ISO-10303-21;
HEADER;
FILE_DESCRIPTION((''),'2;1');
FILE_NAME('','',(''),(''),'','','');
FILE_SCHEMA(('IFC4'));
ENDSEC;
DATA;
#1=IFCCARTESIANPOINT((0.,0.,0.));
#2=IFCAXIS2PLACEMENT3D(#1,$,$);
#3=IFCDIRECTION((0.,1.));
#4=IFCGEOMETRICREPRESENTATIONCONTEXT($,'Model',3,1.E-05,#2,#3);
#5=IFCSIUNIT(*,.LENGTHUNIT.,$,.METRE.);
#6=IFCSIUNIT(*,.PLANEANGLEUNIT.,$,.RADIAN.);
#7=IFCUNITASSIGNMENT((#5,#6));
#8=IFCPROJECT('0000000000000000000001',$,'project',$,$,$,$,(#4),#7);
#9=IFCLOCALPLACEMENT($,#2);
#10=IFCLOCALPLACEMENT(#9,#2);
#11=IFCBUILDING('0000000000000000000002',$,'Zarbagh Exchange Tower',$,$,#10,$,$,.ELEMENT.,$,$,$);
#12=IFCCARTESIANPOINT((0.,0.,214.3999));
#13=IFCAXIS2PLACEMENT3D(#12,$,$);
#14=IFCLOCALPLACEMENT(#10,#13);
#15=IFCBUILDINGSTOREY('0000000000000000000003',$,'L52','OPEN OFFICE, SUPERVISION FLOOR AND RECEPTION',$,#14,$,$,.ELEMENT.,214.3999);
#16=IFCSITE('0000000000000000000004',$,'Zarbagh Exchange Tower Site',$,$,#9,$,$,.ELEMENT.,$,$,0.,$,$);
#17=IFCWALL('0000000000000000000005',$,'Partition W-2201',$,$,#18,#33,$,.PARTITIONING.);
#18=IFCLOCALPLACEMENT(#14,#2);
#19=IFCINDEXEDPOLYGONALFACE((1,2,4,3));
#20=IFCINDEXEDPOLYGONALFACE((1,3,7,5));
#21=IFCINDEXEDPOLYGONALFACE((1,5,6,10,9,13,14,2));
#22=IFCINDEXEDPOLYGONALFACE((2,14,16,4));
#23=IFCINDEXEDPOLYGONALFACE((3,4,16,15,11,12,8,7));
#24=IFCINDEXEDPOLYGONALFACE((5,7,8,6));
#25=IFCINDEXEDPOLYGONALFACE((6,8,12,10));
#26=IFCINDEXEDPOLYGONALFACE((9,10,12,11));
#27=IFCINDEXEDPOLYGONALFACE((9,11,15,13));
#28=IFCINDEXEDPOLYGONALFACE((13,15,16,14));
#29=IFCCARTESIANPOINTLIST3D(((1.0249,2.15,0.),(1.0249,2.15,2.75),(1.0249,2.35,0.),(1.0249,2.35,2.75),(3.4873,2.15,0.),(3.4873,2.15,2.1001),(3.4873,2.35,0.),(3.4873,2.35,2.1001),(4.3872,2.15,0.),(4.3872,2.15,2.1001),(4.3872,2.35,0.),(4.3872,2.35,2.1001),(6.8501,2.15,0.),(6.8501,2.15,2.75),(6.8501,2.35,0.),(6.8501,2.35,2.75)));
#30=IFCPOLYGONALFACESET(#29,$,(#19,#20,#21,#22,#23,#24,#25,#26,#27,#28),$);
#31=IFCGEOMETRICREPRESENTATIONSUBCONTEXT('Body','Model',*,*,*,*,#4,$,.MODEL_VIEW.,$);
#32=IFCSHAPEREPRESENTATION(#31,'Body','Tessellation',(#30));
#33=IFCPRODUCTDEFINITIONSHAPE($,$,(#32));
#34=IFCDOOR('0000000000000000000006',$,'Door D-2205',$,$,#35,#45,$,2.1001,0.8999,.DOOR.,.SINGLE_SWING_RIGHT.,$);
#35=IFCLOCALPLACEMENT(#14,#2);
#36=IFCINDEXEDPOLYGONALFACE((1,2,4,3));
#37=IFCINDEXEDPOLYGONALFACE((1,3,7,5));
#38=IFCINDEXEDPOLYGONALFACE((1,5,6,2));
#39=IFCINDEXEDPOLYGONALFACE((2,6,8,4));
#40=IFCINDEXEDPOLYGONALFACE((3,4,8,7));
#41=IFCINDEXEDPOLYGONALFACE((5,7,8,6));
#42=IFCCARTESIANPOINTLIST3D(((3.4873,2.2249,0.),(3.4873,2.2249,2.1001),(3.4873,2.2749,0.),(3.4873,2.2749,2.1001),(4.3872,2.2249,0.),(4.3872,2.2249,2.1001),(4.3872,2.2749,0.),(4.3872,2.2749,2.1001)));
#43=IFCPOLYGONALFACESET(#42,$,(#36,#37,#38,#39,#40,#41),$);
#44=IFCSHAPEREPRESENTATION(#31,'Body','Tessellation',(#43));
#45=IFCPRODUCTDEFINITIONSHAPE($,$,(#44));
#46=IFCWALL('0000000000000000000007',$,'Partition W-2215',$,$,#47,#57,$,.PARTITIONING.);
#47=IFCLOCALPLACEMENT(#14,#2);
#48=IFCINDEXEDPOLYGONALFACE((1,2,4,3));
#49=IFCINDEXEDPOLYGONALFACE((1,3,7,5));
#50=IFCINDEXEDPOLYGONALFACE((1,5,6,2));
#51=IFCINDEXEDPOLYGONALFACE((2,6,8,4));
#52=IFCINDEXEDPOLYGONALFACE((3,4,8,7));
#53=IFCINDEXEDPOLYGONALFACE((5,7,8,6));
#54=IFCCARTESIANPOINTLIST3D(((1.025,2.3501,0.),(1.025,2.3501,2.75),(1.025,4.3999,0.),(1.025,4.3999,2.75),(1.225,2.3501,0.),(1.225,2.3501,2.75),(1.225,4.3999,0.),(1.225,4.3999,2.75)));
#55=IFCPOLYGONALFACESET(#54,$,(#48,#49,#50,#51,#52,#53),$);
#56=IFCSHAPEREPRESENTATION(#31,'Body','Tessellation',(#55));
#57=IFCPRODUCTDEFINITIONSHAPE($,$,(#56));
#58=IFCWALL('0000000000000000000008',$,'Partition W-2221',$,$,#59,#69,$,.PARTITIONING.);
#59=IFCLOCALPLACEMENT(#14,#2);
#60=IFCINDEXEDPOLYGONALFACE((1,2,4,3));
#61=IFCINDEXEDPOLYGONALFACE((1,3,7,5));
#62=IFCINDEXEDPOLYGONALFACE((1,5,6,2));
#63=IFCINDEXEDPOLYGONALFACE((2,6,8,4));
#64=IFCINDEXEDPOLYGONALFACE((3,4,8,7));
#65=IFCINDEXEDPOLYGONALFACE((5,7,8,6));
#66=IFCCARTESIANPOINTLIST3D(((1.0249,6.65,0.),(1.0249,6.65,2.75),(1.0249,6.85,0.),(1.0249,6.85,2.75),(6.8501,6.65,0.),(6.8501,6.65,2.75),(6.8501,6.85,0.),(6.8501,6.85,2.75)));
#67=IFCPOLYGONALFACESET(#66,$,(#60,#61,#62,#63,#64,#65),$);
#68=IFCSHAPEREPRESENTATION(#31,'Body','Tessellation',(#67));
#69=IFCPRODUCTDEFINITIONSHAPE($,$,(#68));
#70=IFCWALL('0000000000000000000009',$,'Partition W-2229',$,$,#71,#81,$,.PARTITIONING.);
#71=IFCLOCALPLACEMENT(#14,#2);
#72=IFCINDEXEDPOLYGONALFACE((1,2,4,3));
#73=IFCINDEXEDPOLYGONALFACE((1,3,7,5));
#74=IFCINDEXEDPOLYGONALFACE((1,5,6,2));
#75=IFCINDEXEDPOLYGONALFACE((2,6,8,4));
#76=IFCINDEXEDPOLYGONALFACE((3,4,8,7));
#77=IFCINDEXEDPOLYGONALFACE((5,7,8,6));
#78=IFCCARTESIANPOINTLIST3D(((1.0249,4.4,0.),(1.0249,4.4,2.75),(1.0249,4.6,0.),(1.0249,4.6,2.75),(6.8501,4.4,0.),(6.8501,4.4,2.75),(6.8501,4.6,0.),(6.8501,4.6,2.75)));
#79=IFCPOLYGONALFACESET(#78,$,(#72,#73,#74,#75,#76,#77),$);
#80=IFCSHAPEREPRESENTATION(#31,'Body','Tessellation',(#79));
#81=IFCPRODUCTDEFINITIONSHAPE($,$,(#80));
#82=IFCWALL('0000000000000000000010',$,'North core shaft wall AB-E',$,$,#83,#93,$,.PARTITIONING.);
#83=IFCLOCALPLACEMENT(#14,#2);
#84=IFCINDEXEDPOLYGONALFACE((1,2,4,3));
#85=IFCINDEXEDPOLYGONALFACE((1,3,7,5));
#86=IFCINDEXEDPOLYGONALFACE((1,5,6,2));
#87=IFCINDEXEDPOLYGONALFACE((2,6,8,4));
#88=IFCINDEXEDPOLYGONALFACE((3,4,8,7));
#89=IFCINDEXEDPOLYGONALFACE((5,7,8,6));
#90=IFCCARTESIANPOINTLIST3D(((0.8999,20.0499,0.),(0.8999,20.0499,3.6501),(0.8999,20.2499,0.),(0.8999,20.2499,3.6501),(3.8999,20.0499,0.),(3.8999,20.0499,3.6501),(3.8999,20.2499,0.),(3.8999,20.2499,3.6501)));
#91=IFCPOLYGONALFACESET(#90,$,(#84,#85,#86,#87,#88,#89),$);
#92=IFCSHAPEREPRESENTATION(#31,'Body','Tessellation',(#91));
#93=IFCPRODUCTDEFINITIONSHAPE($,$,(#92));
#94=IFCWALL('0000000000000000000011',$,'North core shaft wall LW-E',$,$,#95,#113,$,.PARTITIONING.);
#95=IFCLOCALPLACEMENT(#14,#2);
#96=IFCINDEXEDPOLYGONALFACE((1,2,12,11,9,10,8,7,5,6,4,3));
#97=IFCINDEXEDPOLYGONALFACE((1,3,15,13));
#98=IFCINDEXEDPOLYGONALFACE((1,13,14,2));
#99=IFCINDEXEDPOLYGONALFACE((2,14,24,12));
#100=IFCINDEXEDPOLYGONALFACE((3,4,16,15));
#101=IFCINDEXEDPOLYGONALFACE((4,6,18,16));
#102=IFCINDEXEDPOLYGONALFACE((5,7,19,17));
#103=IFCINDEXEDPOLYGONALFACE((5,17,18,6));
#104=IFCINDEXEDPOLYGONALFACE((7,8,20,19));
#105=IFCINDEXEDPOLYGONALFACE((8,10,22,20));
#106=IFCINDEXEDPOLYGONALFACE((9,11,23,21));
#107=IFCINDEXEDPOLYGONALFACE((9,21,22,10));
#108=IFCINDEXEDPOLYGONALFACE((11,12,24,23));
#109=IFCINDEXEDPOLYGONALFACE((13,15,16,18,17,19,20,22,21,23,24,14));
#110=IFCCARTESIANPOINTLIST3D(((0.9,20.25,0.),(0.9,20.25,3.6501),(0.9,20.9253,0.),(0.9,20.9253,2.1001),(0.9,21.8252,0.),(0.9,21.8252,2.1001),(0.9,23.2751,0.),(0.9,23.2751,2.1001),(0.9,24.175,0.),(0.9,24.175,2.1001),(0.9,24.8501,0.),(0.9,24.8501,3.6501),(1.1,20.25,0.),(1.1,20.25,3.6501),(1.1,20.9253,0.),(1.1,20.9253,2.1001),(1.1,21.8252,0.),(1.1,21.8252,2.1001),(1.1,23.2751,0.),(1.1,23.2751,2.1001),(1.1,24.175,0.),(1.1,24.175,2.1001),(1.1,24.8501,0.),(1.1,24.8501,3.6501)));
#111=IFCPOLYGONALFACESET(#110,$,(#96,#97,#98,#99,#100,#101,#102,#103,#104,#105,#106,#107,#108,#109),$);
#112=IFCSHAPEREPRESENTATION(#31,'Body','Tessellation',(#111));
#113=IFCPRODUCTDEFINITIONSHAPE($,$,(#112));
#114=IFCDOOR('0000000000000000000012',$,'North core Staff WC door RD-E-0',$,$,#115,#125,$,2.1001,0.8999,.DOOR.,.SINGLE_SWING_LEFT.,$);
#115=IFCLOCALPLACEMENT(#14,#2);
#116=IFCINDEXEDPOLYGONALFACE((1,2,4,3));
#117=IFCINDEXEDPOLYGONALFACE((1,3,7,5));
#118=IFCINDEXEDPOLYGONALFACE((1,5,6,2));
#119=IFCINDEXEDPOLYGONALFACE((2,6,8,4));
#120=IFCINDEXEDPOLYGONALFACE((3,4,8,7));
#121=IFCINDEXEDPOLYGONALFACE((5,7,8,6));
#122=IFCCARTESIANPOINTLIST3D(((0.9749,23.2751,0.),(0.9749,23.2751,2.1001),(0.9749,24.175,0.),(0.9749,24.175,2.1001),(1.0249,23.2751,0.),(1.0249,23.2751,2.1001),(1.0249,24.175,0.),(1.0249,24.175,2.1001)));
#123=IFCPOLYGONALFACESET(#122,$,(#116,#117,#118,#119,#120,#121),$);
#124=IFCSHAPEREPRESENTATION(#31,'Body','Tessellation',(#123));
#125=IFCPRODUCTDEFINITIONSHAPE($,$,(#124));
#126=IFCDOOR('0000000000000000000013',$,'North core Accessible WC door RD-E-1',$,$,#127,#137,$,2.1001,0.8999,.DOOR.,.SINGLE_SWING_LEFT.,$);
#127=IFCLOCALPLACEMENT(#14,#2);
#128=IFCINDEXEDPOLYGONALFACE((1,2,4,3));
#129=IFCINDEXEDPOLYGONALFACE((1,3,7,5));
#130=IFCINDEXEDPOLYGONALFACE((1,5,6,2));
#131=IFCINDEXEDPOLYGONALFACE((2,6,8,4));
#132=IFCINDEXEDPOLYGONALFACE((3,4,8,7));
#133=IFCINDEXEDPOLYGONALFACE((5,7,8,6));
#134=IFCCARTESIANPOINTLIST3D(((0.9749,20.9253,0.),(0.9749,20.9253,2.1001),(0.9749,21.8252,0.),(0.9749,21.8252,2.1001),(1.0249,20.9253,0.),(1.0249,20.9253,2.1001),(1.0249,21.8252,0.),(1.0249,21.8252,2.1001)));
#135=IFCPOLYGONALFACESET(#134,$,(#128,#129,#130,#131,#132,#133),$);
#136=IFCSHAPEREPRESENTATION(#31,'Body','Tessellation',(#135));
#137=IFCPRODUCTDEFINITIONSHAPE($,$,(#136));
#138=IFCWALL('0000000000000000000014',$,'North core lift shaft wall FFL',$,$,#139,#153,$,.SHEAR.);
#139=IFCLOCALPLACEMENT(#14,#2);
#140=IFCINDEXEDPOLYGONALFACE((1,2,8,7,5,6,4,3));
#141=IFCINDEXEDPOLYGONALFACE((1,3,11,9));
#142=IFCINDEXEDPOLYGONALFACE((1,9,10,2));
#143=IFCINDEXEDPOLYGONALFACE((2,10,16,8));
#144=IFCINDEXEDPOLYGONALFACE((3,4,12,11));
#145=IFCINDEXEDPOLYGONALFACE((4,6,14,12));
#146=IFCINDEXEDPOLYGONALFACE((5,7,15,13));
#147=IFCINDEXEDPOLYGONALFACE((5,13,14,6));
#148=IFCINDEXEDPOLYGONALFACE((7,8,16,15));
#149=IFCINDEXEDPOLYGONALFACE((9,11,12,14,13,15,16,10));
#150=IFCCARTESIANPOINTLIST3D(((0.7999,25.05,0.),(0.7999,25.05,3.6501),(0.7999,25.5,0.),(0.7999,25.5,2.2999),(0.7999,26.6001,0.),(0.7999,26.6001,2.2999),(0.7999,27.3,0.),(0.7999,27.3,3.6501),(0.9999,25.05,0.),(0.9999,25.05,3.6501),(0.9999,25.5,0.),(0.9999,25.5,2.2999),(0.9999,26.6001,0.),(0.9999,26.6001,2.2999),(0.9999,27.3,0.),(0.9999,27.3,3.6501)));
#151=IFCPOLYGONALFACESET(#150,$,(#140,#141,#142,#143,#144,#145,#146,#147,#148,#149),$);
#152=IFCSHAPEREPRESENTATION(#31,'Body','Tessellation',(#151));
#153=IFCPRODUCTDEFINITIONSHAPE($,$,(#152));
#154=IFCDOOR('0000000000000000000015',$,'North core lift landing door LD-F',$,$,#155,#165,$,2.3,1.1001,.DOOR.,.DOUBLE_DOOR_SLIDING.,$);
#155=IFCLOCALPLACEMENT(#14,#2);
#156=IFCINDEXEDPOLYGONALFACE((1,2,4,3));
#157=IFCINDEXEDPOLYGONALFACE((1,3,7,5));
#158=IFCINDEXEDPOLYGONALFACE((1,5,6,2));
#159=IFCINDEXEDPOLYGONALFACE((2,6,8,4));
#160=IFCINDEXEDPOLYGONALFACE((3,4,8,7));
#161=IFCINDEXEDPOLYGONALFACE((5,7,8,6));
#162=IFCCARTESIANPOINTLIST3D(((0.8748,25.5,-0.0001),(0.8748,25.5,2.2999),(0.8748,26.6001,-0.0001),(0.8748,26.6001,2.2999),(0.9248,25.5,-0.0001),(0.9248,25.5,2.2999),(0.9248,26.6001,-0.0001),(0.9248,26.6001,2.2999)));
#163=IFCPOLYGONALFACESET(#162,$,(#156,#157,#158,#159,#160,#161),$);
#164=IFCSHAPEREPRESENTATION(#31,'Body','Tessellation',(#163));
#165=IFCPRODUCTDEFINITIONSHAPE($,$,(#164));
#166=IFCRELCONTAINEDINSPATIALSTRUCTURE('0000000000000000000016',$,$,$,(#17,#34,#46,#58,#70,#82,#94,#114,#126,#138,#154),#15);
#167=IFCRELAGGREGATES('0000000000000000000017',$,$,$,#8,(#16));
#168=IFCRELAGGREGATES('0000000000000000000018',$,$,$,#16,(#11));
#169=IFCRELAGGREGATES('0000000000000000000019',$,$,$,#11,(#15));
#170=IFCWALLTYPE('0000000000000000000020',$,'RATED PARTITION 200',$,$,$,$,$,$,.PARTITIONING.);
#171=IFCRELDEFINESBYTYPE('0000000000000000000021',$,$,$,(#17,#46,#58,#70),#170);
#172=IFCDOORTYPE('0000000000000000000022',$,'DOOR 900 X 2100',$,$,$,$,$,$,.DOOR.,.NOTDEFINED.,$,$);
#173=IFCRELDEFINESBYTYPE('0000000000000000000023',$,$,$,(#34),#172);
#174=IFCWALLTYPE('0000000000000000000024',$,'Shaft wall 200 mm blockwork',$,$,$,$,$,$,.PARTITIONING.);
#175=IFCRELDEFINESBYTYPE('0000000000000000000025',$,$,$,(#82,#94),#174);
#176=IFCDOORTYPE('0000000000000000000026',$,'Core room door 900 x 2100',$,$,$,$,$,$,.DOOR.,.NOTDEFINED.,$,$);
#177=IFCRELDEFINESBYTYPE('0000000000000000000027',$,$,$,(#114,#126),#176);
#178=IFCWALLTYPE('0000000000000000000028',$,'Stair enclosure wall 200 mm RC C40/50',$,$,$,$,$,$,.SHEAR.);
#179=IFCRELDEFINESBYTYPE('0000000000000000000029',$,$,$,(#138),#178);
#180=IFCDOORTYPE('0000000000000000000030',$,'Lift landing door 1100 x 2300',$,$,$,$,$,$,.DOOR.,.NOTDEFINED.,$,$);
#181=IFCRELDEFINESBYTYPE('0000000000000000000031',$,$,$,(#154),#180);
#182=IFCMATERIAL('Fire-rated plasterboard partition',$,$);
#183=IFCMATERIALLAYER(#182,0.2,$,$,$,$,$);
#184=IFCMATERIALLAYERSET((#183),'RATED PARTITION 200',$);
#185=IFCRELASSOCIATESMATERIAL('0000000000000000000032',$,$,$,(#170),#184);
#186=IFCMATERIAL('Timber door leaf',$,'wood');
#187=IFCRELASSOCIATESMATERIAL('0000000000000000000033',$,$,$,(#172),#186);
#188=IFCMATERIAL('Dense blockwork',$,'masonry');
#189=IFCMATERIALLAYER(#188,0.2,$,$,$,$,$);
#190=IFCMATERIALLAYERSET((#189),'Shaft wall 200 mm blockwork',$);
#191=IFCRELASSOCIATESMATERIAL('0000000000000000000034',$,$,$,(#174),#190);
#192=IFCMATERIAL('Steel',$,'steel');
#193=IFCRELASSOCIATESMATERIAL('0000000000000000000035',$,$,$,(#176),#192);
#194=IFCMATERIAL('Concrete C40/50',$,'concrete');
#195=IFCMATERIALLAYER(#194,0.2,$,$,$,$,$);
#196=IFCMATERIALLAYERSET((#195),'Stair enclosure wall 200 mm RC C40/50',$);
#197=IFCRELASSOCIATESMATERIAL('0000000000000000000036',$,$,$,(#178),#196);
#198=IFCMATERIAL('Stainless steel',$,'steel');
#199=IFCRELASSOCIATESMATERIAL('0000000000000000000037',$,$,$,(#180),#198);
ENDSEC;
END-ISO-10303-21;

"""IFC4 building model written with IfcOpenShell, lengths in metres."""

from ifc_helpers import new_model, si_unit, direction, frame, frame_2d, origin, place, context, subcontext, project, spatial, rectangle, extrude, material, layer, layer_set, type_object, element, fill, save


model = new_model("IFC4")

# Units and contexts
model_context = context("Model", 3, precision=1e-05, world=origin(), true_north=direction((0.0, 1.0)))
body_context = subcontext(model_context, "Body", "Model", "MODEL_VIEW")
ifc_project = project(units=[si_unit("LENGTHUNIT", "METRE"), si_unit("PLANEANGLEUNIT", "RADIAN")], contexts=[model_context])

# Site, building, storey
site_placement = place(None, origin())
site = spatial("IfcSite", under=ifc_project, at=site_placement, Name="Zarbagh Exchange Tower Site", CompositionType="ELEMENT", RefElevation=0.0)
building_placement = place(site_placement, origin())
building = spatial("IfcBuilding", under=site, at=building_placement, Name="Zarbagh Exchange Tower", CompositionType="ELEMENT")
storey_placement = place(building_placement, frame((0.0, 0.0, 214.3999)))
storey = spatial("IfcBuildingStorey", under=building, at=storey_placement, Name="L52", Description="OPEN OFFICE, SUPERVISION FLOOR AND RECEPTION", CompositionType="ELEMENT", Elevation=214.3999)

# Shared definitions
ifc_material_1 = material(Name="Concrete C40/50", Category="concrete")

# Shared definitions
ifc_material_2 = material(Name="Dense blockwork", Category="masonry")

# Wall, opening, door
ifc_material_3 = material(Name="Fire-rated plasterboard partition")
ifc_layer_1 = layer(ifc_material_3, 0.2)
ifc_layer_set_1 = layer_set([ifc_layer_1], Name="RATED PARTITION 200")
wall_type_1 = type_object("IfcWallType", Name="RATED PARTITION 200", PredefinedType="PARTITIONING", material=ifc_layer_set_1)
wall_1_placement = place(storey_placement, frame((1.0249, 2.25, 0.0), z_axis=(0.0, 0.0, 1.0), x_axis=(1.0, 0.0, 0.0)))
wall_1 = element("IfcWall", 1, at=wall_1_placement, inside=storey, type_object=wall_type_1, Name="Partition W-2201", PredefinedType="PARTITIONING", context=body_context, shape_type="SweptSolid", body=[
    extrude(rectangle(XDim=5.8252, YDim=0.2, at=frame_2d((2.9126, 0.0))), origin(), (0.0, 0.0, 1.0), 2.75),
])
opening_1_placement = place(wall_1_placement, frame((2.4624, 0.0, 0.0)))
opening_1 = element("IfcOpeningElement", 2, at=opening_1_placement, cuts=wall_1, PredefinedType="OPENING", context=body_context, shape_type="SweptSolid", body=[
    extrude(rectangle(XDim=0.8999, YDim=2.1001, at=frame_2d((0.45, 1.05))), frame((0.0, 0.1099, 0.0), z_axis=(0.0, -1.0, 0.0), x_axis=(1.0, 0.0, 0.0)), (0.0, 0.0, 1.0), 0.22),
])
ifc_material_4 = material(Name="Timber door leaf", Category="wood")
door_type_1 = type_object("IfcDoorType", Name="DOOR 900 X 2100", OperationType="NOTDEFINED", PredefinedType="DOOR", material=ifc_material_4)
door_1_placement = place(opening_1_placement, origin())
door_1 = element("IfcDoor", 3, at=door_1_placement, inside=storey, type_object=door_type_1, Name="Door D-2205", OperationType="SINGLE_SWING_RIGHT", OverallHeight=2.1001, OverallWidth=0.8999, PredefinedType="DOOR", context=body_context, shape_type="SweptSolid", body=[
    extrude(rectangle(XDim=0.8999, YDim=2.1001, at=frame_2d((0.45, 1.05))), frame((0.0, 0.0249, 0.0), z_axis=(0.0, -1.0, 0.0), x_axis=(1.0, 0.0, 0.0)), (0.0, 0.0, 1.0), 0.05),
])
fill(opening_1, door_1)

# Walls
wall_2_placement = place(storey_placement, frame((1.125, 2.3501, 0.0), z_axis=(0.0, 0.0, 1.0), x_axis=(0.0, 1.0, 0.0)))
element("IfcWall", 4, at=wall_2_placement, inside=storey, type_object=wall_type_1, Name="Partition W-2215", PredefinedType="PARTITIONING", context=body_context, shape_type="SweptSolid", body=[
    extrude(rectangle(XDim=2.0498, YDim=0.2, at=frame_2d((1.0249, 0.0))), origin(), (0.0, 0.0, 1.0), 2.75),
])
for number, where, z_axis, x_axis, name in (
    (5, (1.0249, 6.75, 0.0), (0.0, 0.0, 1.0), (1.0, 0.0, 0.0), "Partition W-2221"),
    (6, (1.0249, 4.5, 0.0), (0.0, 0.0, 1.0), (1.0, 0.0, 0.0), "Partition W-2229"),
):
    element("IfcWall", number, at=place(storey_placement, frame(where, z_axis=z_axis, x_axis=x_axis)), inside=storey, type_object=wall_type_1, Name=name, PredefinedType="PARTITIONING", context=body_context, shape_type="SweptSolid", body=[
        extrude(rectangle(XDim=5.8252, YDim=0.2, at=frame_2d((2.9126, 0.0))), origin(), (0.0, 0.0, 1.0), 2.75),
    ])
ifc_layer_2 = layer(ifc_material_2, 0.2)
ifc_layer_set_2 = layer_set([ifc_layer_2], Name="Shaft wall 200 mm blockwork")
wall_type_2 = type_object("IfcWallType", Name="Shaft wall 200 mm blockwork", PredefinedType="PARTITIONING", material=ifc_layer_set_2)
wall_3_placement = place(storey_placement, frame((0.8999, 20.1499, 0.0), z_axis=(0.0, 0.0, 1.0), x_axis=(1.0, 0.0, 0.0)))
element("IfcWall", 7, at=wall_3_placement, inside=storey, type_object=wall_type_2, Name="North core shaft wall AB-E", PredefinedType="PARTITIONING", context=body_context, shape_type="SweptSolid", body=[
    extrude(rectangle(XDim=3.0, YDim=0.2, at=frame_2d((1.5, 0.0))), origin(), (0.0, 0.0, 1.0), 3.6501),
])

# Wall, openings, doors
wall_4_placement = place(storey_placement, frame((1.0, 24.8501, 0.0), z_axis=(0.0, 0.0, 1.0), x_axis=(0.0, -1.0, 0.0)))
wall_4 = element("IfcWall", 8, at=wall_4_placement, inside=storey, type_object=wall_type_2, Name="North core shaft wall LW-E", PredefinedType="PARTITIONING", context=body_context, shape_type="SweptSolid", body=[
    extrude(rectangle(XDim=4.6001, YDim=0.2, at=frame_2d((2.3, 0.0))), origin(), (0.0, 0.0, 1.0), 3.6501),
])
opening_2_placement = place(wall_4_placement, frame((0.675, 0.0, 0.0)))
opening_2 = element("IfcOpeningElement", 9, at=opening_2_placement, cuts=wall_4, PredefinedType="OPENING", context=body_context, shape_type="SweptSolid", body=[
    extrude(rectangle(XDim=0.8999, YDim=2.1001, at=frame_2d((0.45, 1.05))), frame((0.0, 0.1099, 0.0), z_axis=(0.0, -1.0, 0.0), x_axis=(1.0, 0.0, 0.0)), (0.0, 0.0, 1.0), 0.22),
])
opening_3_placement = place(wall_4_placement, frame((3.0249, 0.0, 0.0)))
opening_3 = element("IfcOpeningElement", 10, at=opening_3_placement, cuts=wall_4, PredefinedType="OPENING", context=body_context, shape_type="SweptSolid", body=[
    extrude(rectangle(XDim=0.8999, YDim=2.1001, at=frame_2d((0.45, 1.05))), frame((0.0, 0.1099, 0.0), z_axis=(0.0, -1.0, 0.0), x_axis=(1.0, 0.0, 0.0)), (0.0, 0.0, 1.0), 0.22),
])
ifc_material_5 = material(Name="Steel", Category="steel")
door_type_2 = type_object("IfcDoorType", Name="Core room door 900 x 2100", OperationType="NOTDEFINED", PredefinedType="DOOR", material=ifc_material_5)
door_2_placement = place(opening_2_placement, origin())
door_2 = element("IfcDoor", 11, at=door_2_placement, inside=storey, type_object=door_type_2, Name="North core Staff WC door RD-E-0", OperationType="SINGLE_SWING_LEFT", OverallHeight=2.1001, OverallWidth=0.8999, PredefinedType="DOOR", context=body_context, shape_type="SweptSolid", body=[
    extrude(rectangle(XDim=0.8999, YDim=2.1001, at=frame_2d((0.45, 1.05))), frame((0.0, 0.0249, 0.0), z_axis=(0.0, -1.0, 0.0), x_axis=(1.0, 0.0, 0.0)), (0.0, 0.0, 1.0), 0.05),
])
fill(opening_2, door_2)
door_3_placement = place(opening_3_placement, origin())
door_3 = element("IfcDoor", 12, at=door_3_placement, inside=storey, type_object=door_type_2, Name="North core Accessible WC door RD-E-1", OperationType="SINGLE_SWING_LEFT", OverallHeight=2.1001, OverallWidth=0.8999, PredefinedType="DOOR", context=body_context, shape_type="SweptSolid", body=[
    extrude(rectangle(XDim=0.8999, YDim=2.1001, at=frame_2d((0.45, 1.05))), frame((0.0, 0.0249, 0.0), z_axis=(0.0, -1.0, 0.0), x_axis=(1.0, 0.0, 0.0)), (0.0, 0.0, 1.0), 0.05),
])
fill(opening_3, door_3)

# Wall, opening, door
ifc_layer_3 = layer(ifc_material_1, 0.2)
ifc_layer_set_3 = layer_set([ifc_layer_3], Name="Stair enclosure wall 200 mm RC C40/50")
wall_type_3 = type_object("IfcWallType", Name="Stair enclosure wall 200 mm RC C40/50", PredefinedType="SHEAR", material=ifc_layer_set_3)
wall_5_placement = place(storey_placement, frame((0.8999, 27.3, 0.0), z_axis=(0.0, 0.0, 1.0), x_axis=(0.0, -1.0, 0.0)))
wall_5 = element("IfcWall", 13, at=wall_5_placement, inside=storey, type_object=wall_type_3, Name="North core lift shaft wall FFL", PredefinedType="SHEAR", context=body_context, shape_type="SweptSolid", body=[
    extrude(rectangle(XDim=2.25, YDim=0.2, at=frame_2d((1.125, 0.0))), origin(), (0.0, 0.0, 1.0), 3.6501),
])
opening_4_placement = place(wall_5_placement, frame((0.7, 0.0, 0.0)))
opening_4 = element("IfcOpeningElement", 14, at=opening_4_placement, cuts=wall_5, PredefinedType="OPENING", context=body_context, shape_type="SweptSolid", body=[
    extrude(rectangle(XDim=1.1001, YDim=2.3, at=frame_2d((0.55, 1.1499))), frame((0.0, 0.1099, 0.0), z_axis=(0.0, -1.0, 0.0), x_axis=(1.0, 0.0, 0.0)), (0.0, 0.0, 1.0), 0.22),
])
ifc_material_6 = material(Name="Stainless steel", Category="steel")
door_type_3 = type_object("IfcDoorType", Name="Lift landing door 1100 x 2300", OperationType="NOTDEFINED", PredefinedType="DOOR", material=ifc_material_6)
door_4_placement = place(opening_4_placement, origin())
door_4 = element("IfcDoor", 15, at=door_4_placement, inside=storey, type_object=door_type_3, Name="North core lift landing door LD-F", OperationType="DOUBLE_DOOR_SLIDING", OverallHeight=2.3, OverallWidth=1.1001, PredefinedType="DOOR", context=body_context, shape_type="SweptSolid", body=[
    extrude(rectangle(XDim=1.1001, YDim=2.3, at=frame_2d((0.55, 1.1499))), frame((0.0, 0.0249, 0.0), z_axis=(0.0, -1.0, 0.0), x_axis=(1.0, 0.0, 0.0)), (0.0, 0.0, 1.0), 0.05),
])
fill(opening_4, door_4)

save(model, "model.ifc")
